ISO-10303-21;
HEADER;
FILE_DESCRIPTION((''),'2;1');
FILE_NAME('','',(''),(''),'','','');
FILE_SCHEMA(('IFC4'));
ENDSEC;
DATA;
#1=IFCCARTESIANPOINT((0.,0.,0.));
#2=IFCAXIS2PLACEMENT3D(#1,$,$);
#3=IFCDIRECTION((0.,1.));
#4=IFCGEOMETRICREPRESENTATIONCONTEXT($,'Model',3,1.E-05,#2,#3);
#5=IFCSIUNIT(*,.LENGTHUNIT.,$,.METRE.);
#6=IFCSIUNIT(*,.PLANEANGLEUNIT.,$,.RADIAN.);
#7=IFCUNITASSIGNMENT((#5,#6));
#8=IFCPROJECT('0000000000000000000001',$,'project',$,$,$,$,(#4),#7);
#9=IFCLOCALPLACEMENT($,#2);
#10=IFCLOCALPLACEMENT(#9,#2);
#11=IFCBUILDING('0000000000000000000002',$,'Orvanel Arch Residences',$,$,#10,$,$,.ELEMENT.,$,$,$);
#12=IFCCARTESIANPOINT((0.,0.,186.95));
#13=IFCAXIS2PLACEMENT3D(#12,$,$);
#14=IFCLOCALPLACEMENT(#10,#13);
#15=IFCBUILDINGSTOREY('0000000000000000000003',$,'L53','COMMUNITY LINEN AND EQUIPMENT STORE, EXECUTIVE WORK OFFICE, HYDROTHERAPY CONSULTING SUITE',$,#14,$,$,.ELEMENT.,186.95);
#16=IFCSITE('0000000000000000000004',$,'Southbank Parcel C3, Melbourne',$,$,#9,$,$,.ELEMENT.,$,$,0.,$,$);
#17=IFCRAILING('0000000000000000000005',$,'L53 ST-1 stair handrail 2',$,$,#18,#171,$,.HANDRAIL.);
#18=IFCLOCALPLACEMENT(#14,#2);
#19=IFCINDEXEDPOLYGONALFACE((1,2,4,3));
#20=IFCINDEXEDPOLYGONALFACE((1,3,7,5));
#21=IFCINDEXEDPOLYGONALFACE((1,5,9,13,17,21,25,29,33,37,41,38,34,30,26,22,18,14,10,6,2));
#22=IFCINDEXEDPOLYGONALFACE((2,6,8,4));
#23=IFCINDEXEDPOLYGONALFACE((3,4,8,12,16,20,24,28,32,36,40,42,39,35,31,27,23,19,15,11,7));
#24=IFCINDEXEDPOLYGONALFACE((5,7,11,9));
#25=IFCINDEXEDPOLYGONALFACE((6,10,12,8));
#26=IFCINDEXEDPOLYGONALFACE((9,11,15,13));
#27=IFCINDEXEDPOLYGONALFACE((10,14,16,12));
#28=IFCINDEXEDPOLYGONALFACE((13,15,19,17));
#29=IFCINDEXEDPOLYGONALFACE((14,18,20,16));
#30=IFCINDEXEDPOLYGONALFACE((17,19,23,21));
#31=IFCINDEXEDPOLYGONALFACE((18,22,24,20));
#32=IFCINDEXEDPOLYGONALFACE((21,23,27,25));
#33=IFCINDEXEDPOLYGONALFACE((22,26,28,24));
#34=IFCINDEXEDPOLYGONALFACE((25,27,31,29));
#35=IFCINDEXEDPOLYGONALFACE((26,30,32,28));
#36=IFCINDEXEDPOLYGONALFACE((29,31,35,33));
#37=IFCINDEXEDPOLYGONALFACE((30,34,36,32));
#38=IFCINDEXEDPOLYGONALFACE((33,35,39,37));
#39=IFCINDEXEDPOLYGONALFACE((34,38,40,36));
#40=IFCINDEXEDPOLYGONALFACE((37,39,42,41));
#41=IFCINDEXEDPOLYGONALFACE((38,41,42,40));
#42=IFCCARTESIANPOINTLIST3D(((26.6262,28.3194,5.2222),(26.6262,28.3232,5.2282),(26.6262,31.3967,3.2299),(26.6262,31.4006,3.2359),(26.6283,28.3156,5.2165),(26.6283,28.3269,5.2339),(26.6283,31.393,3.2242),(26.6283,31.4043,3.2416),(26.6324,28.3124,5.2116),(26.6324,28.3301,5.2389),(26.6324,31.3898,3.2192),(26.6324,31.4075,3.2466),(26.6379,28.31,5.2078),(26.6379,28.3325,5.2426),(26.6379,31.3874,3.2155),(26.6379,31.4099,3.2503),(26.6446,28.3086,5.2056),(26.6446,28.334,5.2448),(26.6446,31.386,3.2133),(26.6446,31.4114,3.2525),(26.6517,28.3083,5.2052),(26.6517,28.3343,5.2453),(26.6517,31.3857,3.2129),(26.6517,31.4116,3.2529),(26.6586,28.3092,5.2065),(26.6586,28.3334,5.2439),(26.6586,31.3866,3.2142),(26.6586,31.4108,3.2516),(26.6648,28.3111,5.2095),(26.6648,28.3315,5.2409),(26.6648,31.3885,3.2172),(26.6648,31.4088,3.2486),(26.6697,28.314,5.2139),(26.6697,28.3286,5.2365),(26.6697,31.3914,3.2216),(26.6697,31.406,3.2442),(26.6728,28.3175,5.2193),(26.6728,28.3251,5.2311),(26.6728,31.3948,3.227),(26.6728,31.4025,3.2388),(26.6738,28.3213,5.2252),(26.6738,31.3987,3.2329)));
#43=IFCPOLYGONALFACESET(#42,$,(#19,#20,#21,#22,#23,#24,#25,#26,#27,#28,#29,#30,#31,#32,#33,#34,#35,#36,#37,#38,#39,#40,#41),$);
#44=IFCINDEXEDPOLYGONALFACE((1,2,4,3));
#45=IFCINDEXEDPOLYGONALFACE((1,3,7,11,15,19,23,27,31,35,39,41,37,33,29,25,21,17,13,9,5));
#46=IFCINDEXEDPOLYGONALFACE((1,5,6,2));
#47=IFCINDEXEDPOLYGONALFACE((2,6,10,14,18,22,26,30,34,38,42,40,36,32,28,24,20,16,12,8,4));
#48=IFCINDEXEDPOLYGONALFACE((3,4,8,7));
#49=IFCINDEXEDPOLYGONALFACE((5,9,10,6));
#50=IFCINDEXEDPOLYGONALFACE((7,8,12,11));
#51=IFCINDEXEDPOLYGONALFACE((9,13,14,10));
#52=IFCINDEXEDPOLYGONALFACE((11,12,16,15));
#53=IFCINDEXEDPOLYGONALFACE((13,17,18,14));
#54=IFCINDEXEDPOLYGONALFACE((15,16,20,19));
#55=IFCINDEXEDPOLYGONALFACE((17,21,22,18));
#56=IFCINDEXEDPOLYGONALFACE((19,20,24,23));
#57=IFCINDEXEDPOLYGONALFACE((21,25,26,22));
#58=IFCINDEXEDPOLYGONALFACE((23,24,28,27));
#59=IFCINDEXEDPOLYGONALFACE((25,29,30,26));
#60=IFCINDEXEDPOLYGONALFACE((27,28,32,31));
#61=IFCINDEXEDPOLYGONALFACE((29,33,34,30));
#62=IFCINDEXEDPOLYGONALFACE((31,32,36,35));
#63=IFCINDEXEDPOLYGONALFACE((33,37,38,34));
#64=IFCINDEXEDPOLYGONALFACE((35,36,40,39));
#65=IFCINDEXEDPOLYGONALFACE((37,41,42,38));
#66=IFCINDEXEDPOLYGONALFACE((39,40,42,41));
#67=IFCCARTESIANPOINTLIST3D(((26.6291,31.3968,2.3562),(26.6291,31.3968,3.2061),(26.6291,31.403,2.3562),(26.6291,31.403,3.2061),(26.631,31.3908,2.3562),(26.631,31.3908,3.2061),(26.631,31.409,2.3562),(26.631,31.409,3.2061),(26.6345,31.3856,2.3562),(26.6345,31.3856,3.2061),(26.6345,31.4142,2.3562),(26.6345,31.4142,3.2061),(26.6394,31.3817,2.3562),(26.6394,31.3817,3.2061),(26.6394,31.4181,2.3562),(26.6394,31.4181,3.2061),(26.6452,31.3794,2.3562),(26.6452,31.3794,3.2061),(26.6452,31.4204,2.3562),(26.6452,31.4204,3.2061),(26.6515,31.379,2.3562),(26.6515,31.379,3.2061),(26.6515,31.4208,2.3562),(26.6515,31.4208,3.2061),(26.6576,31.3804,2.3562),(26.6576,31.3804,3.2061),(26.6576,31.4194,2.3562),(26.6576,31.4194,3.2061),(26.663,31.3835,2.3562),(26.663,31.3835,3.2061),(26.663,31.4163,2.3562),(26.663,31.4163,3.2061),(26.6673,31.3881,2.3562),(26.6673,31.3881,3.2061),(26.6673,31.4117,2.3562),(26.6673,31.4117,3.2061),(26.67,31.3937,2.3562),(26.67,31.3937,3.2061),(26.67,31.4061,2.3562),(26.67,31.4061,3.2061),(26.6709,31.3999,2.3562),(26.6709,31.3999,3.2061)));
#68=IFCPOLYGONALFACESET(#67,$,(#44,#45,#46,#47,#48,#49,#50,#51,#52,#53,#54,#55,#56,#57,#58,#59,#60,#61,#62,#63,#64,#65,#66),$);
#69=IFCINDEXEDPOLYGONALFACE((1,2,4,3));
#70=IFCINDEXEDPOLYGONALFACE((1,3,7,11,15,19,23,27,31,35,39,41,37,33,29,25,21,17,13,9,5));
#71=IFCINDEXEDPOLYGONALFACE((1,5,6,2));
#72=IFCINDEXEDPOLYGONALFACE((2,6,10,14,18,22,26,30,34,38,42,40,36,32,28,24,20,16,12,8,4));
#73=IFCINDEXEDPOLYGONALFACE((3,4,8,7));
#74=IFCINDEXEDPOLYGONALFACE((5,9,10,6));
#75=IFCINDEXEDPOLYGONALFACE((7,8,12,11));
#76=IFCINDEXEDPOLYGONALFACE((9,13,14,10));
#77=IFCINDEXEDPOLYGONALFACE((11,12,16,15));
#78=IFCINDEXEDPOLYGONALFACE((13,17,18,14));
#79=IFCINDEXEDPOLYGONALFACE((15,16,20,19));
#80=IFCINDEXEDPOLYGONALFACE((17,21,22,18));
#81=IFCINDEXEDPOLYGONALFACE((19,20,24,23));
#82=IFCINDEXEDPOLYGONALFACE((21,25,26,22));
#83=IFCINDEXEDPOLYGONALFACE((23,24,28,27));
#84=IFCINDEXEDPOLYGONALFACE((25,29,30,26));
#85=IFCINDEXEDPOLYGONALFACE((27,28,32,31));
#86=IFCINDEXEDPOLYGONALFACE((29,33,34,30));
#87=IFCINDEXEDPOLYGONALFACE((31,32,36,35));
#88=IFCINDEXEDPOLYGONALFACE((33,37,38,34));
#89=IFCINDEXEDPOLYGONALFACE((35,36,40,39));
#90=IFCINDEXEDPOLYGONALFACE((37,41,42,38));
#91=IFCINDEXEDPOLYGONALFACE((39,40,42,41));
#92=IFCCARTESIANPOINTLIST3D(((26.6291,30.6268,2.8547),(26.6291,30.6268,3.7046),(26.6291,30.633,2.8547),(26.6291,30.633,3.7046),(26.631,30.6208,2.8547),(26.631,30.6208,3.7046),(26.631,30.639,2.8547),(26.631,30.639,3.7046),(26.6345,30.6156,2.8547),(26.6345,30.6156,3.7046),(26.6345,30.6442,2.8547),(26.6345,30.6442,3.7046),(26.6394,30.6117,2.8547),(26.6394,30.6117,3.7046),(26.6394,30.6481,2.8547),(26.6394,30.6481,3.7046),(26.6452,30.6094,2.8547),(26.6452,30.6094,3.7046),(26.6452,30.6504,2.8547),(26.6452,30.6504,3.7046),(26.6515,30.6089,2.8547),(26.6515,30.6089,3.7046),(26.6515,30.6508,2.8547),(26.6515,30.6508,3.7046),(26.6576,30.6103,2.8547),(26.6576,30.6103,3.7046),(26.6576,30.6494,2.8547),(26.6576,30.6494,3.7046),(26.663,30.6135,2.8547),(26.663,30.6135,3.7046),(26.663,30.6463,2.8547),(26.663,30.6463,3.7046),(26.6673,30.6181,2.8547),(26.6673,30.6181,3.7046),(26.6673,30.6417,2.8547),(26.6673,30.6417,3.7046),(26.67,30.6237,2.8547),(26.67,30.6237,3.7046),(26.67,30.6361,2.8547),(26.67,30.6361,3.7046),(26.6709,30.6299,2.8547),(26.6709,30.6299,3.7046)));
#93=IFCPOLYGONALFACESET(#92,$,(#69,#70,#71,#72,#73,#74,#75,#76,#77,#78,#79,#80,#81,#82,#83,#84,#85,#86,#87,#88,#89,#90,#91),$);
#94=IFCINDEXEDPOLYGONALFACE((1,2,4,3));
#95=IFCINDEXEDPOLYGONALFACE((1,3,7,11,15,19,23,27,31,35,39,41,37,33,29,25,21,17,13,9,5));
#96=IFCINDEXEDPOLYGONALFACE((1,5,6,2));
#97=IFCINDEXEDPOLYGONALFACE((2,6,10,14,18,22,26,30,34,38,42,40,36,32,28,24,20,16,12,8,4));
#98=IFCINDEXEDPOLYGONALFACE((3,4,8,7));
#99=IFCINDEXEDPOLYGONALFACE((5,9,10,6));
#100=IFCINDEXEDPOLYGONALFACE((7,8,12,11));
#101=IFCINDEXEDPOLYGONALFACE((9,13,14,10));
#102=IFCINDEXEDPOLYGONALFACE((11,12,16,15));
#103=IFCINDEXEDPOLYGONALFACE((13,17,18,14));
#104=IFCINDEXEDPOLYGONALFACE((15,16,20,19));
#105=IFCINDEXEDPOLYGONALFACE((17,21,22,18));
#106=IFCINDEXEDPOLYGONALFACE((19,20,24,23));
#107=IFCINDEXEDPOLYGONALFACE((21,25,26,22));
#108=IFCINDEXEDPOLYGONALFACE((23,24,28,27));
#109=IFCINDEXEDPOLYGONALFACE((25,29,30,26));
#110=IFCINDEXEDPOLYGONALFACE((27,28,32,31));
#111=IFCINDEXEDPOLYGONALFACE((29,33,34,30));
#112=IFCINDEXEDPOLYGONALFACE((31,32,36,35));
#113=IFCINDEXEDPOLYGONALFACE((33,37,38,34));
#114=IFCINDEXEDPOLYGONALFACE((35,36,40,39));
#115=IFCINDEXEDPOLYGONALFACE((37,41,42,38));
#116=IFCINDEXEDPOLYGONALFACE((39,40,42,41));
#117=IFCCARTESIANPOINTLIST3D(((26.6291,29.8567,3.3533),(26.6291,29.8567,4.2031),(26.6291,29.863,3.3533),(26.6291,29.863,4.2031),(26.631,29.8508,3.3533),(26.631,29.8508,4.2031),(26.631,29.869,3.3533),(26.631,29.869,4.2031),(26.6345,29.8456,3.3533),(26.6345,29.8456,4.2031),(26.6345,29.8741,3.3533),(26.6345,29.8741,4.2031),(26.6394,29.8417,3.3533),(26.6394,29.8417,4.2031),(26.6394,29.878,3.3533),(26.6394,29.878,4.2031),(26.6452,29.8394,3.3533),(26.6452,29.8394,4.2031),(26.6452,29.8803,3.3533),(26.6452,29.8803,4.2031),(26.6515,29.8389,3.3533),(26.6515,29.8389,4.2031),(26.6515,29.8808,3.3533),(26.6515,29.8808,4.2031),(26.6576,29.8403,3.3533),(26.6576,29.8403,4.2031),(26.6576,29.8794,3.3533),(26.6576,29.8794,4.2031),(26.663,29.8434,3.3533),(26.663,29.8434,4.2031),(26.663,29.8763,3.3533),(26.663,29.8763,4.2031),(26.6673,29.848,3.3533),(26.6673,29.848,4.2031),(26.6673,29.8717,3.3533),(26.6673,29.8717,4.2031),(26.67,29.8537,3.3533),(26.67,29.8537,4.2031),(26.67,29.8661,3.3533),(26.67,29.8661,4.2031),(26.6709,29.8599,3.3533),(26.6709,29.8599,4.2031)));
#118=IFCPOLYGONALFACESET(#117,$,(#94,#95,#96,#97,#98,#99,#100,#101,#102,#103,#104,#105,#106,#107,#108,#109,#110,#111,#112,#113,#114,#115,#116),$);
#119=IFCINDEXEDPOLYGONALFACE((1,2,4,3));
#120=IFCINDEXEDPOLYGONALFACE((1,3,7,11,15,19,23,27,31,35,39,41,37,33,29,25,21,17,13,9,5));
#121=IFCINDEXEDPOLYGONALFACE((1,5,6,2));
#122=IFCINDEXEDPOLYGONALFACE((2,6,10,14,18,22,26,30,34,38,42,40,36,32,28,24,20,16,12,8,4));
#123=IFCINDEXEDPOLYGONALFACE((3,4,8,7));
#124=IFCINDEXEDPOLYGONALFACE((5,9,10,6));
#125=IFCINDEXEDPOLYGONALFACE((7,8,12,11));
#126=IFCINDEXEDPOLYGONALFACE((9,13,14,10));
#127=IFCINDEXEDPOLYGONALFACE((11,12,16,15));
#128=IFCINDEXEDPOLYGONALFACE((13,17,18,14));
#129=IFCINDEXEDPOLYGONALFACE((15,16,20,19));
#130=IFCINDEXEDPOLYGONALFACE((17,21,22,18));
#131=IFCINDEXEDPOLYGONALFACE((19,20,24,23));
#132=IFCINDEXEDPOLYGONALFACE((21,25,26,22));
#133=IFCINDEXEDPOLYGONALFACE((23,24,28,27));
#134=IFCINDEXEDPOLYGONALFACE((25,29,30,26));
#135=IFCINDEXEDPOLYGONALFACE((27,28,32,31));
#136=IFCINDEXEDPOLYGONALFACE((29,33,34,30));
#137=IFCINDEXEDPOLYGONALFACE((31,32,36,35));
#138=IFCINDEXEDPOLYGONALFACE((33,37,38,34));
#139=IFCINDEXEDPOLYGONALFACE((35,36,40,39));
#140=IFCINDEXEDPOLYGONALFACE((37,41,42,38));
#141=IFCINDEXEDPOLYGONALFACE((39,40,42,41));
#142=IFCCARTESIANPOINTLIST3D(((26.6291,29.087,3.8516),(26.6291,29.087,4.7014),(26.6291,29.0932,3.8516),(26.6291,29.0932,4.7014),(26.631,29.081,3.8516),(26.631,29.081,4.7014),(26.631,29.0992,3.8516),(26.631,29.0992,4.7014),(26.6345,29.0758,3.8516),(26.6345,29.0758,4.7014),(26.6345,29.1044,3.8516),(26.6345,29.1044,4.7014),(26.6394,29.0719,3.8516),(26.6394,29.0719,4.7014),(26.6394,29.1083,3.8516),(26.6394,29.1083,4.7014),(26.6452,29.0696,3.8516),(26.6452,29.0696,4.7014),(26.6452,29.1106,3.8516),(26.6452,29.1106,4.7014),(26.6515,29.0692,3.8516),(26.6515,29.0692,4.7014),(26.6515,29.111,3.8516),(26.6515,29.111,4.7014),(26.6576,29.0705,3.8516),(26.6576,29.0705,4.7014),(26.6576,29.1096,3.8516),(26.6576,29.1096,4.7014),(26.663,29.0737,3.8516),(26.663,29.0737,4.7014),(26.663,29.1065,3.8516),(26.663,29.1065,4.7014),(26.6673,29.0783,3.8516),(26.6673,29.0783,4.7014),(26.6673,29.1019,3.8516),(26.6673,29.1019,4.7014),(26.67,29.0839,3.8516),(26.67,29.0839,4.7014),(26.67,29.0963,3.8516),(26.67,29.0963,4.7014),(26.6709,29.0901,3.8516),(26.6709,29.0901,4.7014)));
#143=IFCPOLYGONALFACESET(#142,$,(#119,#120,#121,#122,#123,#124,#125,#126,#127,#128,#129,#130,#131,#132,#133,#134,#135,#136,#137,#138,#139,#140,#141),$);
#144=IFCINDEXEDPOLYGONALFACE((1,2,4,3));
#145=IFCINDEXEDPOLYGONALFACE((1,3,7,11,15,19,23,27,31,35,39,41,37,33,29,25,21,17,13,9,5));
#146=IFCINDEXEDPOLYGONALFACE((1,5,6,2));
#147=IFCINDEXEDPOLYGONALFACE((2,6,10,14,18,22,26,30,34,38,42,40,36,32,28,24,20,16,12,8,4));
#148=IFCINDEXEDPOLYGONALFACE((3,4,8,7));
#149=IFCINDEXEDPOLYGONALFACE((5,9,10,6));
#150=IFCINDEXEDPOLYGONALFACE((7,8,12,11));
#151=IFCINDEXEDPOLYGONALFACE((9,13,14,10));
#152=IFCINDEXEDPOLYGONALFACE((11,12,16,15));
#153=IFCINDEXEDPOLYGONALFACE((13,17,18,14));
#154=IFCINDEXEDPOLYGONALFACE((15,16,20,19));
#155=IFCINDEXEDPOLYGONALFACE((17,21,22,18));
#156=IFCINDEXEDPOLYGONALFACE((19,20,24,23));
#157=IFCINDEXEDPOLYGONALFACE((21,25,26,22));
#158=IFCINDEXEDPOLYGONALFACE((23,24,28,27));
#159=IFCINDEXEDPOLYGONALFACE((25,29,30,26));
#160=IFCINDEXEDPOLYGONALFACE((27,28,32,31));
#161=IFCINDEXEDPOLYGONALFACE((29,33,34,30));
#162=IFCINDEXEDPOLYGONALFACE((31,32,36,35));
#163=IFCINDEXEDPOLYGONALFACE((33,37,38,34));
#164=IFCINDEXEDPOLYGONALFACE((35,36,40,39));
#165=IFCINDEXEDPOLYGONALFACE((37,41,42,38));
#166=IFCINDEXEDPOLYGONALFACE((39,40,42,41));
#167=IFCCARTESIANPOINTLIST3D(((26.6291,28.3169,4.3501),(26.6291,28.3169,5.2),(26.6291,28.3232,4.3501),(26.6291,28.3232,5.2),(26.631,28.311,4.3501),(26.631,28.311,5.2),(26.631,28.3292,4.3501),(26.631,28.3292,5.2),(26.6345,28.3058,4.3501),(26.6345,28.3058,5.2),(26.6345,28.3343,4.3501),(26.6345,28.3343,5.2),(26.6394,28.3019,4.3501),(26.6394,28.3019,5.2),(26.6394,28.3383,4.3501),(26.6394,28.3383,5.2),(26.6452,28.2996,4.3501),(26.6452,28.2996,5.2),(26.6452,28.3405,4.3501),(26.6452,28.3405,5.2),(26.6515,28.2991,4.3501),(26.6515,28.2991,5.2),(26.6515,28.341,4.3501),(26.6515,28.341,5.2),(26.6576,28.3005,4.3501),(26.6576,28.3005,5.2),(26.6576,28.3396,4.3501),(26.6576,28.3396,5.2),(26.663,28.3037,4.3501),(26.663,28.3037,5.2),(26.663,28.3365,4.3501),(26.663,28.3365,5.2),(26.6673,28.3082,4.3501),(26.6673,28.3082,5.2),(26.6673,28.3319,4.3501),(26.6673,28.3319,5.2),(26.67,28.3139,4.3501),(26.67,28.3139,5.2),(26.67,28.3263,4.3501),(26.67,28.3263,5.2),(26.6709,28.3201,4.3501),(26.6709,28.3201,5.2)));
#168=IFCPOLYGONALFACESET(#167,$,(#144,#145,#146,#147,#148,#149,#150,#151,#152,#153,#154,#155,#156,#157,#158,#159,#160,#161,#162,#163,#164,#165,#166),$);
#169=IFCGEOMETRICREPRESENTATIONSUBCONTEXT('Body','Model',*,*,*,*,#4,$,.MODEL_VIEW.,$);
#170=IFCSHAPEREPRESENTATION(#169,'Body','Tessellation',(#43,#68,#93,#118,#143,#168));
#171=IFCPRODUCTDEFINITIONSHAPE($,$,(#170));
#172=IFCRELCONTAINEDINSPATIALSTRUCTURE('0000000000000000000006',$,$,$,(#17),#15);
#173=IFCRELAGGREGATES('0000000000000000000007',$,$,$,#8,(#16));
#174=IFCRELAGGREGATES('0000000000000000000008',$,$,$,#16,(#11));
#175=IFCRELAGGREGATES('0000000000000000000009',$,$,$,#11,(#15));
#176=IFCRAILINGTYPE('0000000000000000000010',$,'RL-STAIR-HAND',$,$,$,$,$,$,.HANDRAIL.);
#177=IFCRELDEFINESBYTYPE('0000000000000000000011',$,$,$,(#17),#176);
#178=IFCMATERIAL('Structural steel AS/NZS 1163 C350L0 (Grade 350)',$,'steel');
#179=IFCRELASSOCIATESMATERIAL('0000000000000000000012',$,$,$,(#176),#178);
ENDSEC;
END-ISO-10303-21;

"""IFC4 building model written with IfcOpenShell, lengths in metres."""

from ifc_helpers import new_model, si_unit, direction, frame, origin, origin_2d, place, context, subcontext, project, spatial, circle, extrude, material, type_object, element, save


model = new_model("IFC4")

# Units and contexts
model_context = context("Model", 3, precision=1e-05, world=origin(), true_north=direction((0.0, 1.0)))
body_context = subcontext(model_context, "Body", "Model", "MODEL_VIEW")
ifc_project = project(units=[si_unit("LENGTHUNIT", "METRE"), si_unit("PLANEANGLEUNIT", "RADIAN")], contexts=[model_context])

# Site, building, storey
site_placement = place(None, origin())
site = spatial("IfcSite", under=ifc_project, at=site_placement, Name="Southbank Parcel C3, Melbourne", CompositionType="ELEMENT", RefElevation=0.0)
building_placement = place(site_placement, origin())
building = spatial("IfcBuilding", under=site, at=building_placement, Name="Orvanel Arch Residences", CompositionType="ELEMENT")
storey_placement = place(building_placement, frame((0.0, 0.0, 186.95)))
storey = spatial("IfcBuildingStorey", under=building, at=storey_placement, Name="L53", Description="COMMUNITY LINEN AND EQUIPMENT STORE, EXECUTIVE WORK OFFICE, HYDROTHERAPY CONSULTING SUITE", CompositionType="ELEMENT", Elevation=186.95)

# Railing
ifc_material_1 = material(Name="Structural steel AS/NZS 1163 C350L0 (Grade 350)", Category="steel")
railing_type_1 = type_object("IfcRailingType", Name="RL-STAIR-HAND", PredefinedType="HANDRAIL", material=ifc_material_1)
railing_1_placement = place(storey_placement, frame((26.6499, 31.3999, 2.3562)))
element("IfcRailing", 1, at=railing_1_placement, inside=storey, type_object=railing_type_1, Name="L53 ST-1 stair handrail 2", PredefinedType="HANDRAIL", context=body_context, shape_type="SweptSolid", body=[
    extrude(circle(Radius=0.0239, at=origin_2d()), frame((0.0, -0.0012, 0.8767), z_axis=(0.0, -0.839438, 0.543455), x_axis=(1.0, 0.0, 0.0)), (0.0, 0.0, 1.0), 3.666),
    extrude(circle(Radius=0.021, at=origin_2d()), origin(), (0.0, 0.0, 1.0), 0.8499),
    extrude(circle(Radius=0.021, at=origin_2d()), frame((0.0, -0.77, 0.4985)), (0.0, 0.0, 1.0), 0.8499),
    extrude(circle(Radius=0.021, at=origin_2d()), frame((0.0, -1.54, 0.9971)), (0.0, 0.0, 1.0), 0.8499),
    extrude(circle(Radius=0.021, at=origin_2d()), frame((0.0, -2.3098, 1.4954)), (0.0, 0.0, 1.0), 0.8499),
    extrude(circle(Radius=0.021, at=origin_2d()), frame((0.0, -3.0798, 1.9939)), (0.0, 0.0, 1.0), 0.8499),
])

save(model, "model.ifc")
